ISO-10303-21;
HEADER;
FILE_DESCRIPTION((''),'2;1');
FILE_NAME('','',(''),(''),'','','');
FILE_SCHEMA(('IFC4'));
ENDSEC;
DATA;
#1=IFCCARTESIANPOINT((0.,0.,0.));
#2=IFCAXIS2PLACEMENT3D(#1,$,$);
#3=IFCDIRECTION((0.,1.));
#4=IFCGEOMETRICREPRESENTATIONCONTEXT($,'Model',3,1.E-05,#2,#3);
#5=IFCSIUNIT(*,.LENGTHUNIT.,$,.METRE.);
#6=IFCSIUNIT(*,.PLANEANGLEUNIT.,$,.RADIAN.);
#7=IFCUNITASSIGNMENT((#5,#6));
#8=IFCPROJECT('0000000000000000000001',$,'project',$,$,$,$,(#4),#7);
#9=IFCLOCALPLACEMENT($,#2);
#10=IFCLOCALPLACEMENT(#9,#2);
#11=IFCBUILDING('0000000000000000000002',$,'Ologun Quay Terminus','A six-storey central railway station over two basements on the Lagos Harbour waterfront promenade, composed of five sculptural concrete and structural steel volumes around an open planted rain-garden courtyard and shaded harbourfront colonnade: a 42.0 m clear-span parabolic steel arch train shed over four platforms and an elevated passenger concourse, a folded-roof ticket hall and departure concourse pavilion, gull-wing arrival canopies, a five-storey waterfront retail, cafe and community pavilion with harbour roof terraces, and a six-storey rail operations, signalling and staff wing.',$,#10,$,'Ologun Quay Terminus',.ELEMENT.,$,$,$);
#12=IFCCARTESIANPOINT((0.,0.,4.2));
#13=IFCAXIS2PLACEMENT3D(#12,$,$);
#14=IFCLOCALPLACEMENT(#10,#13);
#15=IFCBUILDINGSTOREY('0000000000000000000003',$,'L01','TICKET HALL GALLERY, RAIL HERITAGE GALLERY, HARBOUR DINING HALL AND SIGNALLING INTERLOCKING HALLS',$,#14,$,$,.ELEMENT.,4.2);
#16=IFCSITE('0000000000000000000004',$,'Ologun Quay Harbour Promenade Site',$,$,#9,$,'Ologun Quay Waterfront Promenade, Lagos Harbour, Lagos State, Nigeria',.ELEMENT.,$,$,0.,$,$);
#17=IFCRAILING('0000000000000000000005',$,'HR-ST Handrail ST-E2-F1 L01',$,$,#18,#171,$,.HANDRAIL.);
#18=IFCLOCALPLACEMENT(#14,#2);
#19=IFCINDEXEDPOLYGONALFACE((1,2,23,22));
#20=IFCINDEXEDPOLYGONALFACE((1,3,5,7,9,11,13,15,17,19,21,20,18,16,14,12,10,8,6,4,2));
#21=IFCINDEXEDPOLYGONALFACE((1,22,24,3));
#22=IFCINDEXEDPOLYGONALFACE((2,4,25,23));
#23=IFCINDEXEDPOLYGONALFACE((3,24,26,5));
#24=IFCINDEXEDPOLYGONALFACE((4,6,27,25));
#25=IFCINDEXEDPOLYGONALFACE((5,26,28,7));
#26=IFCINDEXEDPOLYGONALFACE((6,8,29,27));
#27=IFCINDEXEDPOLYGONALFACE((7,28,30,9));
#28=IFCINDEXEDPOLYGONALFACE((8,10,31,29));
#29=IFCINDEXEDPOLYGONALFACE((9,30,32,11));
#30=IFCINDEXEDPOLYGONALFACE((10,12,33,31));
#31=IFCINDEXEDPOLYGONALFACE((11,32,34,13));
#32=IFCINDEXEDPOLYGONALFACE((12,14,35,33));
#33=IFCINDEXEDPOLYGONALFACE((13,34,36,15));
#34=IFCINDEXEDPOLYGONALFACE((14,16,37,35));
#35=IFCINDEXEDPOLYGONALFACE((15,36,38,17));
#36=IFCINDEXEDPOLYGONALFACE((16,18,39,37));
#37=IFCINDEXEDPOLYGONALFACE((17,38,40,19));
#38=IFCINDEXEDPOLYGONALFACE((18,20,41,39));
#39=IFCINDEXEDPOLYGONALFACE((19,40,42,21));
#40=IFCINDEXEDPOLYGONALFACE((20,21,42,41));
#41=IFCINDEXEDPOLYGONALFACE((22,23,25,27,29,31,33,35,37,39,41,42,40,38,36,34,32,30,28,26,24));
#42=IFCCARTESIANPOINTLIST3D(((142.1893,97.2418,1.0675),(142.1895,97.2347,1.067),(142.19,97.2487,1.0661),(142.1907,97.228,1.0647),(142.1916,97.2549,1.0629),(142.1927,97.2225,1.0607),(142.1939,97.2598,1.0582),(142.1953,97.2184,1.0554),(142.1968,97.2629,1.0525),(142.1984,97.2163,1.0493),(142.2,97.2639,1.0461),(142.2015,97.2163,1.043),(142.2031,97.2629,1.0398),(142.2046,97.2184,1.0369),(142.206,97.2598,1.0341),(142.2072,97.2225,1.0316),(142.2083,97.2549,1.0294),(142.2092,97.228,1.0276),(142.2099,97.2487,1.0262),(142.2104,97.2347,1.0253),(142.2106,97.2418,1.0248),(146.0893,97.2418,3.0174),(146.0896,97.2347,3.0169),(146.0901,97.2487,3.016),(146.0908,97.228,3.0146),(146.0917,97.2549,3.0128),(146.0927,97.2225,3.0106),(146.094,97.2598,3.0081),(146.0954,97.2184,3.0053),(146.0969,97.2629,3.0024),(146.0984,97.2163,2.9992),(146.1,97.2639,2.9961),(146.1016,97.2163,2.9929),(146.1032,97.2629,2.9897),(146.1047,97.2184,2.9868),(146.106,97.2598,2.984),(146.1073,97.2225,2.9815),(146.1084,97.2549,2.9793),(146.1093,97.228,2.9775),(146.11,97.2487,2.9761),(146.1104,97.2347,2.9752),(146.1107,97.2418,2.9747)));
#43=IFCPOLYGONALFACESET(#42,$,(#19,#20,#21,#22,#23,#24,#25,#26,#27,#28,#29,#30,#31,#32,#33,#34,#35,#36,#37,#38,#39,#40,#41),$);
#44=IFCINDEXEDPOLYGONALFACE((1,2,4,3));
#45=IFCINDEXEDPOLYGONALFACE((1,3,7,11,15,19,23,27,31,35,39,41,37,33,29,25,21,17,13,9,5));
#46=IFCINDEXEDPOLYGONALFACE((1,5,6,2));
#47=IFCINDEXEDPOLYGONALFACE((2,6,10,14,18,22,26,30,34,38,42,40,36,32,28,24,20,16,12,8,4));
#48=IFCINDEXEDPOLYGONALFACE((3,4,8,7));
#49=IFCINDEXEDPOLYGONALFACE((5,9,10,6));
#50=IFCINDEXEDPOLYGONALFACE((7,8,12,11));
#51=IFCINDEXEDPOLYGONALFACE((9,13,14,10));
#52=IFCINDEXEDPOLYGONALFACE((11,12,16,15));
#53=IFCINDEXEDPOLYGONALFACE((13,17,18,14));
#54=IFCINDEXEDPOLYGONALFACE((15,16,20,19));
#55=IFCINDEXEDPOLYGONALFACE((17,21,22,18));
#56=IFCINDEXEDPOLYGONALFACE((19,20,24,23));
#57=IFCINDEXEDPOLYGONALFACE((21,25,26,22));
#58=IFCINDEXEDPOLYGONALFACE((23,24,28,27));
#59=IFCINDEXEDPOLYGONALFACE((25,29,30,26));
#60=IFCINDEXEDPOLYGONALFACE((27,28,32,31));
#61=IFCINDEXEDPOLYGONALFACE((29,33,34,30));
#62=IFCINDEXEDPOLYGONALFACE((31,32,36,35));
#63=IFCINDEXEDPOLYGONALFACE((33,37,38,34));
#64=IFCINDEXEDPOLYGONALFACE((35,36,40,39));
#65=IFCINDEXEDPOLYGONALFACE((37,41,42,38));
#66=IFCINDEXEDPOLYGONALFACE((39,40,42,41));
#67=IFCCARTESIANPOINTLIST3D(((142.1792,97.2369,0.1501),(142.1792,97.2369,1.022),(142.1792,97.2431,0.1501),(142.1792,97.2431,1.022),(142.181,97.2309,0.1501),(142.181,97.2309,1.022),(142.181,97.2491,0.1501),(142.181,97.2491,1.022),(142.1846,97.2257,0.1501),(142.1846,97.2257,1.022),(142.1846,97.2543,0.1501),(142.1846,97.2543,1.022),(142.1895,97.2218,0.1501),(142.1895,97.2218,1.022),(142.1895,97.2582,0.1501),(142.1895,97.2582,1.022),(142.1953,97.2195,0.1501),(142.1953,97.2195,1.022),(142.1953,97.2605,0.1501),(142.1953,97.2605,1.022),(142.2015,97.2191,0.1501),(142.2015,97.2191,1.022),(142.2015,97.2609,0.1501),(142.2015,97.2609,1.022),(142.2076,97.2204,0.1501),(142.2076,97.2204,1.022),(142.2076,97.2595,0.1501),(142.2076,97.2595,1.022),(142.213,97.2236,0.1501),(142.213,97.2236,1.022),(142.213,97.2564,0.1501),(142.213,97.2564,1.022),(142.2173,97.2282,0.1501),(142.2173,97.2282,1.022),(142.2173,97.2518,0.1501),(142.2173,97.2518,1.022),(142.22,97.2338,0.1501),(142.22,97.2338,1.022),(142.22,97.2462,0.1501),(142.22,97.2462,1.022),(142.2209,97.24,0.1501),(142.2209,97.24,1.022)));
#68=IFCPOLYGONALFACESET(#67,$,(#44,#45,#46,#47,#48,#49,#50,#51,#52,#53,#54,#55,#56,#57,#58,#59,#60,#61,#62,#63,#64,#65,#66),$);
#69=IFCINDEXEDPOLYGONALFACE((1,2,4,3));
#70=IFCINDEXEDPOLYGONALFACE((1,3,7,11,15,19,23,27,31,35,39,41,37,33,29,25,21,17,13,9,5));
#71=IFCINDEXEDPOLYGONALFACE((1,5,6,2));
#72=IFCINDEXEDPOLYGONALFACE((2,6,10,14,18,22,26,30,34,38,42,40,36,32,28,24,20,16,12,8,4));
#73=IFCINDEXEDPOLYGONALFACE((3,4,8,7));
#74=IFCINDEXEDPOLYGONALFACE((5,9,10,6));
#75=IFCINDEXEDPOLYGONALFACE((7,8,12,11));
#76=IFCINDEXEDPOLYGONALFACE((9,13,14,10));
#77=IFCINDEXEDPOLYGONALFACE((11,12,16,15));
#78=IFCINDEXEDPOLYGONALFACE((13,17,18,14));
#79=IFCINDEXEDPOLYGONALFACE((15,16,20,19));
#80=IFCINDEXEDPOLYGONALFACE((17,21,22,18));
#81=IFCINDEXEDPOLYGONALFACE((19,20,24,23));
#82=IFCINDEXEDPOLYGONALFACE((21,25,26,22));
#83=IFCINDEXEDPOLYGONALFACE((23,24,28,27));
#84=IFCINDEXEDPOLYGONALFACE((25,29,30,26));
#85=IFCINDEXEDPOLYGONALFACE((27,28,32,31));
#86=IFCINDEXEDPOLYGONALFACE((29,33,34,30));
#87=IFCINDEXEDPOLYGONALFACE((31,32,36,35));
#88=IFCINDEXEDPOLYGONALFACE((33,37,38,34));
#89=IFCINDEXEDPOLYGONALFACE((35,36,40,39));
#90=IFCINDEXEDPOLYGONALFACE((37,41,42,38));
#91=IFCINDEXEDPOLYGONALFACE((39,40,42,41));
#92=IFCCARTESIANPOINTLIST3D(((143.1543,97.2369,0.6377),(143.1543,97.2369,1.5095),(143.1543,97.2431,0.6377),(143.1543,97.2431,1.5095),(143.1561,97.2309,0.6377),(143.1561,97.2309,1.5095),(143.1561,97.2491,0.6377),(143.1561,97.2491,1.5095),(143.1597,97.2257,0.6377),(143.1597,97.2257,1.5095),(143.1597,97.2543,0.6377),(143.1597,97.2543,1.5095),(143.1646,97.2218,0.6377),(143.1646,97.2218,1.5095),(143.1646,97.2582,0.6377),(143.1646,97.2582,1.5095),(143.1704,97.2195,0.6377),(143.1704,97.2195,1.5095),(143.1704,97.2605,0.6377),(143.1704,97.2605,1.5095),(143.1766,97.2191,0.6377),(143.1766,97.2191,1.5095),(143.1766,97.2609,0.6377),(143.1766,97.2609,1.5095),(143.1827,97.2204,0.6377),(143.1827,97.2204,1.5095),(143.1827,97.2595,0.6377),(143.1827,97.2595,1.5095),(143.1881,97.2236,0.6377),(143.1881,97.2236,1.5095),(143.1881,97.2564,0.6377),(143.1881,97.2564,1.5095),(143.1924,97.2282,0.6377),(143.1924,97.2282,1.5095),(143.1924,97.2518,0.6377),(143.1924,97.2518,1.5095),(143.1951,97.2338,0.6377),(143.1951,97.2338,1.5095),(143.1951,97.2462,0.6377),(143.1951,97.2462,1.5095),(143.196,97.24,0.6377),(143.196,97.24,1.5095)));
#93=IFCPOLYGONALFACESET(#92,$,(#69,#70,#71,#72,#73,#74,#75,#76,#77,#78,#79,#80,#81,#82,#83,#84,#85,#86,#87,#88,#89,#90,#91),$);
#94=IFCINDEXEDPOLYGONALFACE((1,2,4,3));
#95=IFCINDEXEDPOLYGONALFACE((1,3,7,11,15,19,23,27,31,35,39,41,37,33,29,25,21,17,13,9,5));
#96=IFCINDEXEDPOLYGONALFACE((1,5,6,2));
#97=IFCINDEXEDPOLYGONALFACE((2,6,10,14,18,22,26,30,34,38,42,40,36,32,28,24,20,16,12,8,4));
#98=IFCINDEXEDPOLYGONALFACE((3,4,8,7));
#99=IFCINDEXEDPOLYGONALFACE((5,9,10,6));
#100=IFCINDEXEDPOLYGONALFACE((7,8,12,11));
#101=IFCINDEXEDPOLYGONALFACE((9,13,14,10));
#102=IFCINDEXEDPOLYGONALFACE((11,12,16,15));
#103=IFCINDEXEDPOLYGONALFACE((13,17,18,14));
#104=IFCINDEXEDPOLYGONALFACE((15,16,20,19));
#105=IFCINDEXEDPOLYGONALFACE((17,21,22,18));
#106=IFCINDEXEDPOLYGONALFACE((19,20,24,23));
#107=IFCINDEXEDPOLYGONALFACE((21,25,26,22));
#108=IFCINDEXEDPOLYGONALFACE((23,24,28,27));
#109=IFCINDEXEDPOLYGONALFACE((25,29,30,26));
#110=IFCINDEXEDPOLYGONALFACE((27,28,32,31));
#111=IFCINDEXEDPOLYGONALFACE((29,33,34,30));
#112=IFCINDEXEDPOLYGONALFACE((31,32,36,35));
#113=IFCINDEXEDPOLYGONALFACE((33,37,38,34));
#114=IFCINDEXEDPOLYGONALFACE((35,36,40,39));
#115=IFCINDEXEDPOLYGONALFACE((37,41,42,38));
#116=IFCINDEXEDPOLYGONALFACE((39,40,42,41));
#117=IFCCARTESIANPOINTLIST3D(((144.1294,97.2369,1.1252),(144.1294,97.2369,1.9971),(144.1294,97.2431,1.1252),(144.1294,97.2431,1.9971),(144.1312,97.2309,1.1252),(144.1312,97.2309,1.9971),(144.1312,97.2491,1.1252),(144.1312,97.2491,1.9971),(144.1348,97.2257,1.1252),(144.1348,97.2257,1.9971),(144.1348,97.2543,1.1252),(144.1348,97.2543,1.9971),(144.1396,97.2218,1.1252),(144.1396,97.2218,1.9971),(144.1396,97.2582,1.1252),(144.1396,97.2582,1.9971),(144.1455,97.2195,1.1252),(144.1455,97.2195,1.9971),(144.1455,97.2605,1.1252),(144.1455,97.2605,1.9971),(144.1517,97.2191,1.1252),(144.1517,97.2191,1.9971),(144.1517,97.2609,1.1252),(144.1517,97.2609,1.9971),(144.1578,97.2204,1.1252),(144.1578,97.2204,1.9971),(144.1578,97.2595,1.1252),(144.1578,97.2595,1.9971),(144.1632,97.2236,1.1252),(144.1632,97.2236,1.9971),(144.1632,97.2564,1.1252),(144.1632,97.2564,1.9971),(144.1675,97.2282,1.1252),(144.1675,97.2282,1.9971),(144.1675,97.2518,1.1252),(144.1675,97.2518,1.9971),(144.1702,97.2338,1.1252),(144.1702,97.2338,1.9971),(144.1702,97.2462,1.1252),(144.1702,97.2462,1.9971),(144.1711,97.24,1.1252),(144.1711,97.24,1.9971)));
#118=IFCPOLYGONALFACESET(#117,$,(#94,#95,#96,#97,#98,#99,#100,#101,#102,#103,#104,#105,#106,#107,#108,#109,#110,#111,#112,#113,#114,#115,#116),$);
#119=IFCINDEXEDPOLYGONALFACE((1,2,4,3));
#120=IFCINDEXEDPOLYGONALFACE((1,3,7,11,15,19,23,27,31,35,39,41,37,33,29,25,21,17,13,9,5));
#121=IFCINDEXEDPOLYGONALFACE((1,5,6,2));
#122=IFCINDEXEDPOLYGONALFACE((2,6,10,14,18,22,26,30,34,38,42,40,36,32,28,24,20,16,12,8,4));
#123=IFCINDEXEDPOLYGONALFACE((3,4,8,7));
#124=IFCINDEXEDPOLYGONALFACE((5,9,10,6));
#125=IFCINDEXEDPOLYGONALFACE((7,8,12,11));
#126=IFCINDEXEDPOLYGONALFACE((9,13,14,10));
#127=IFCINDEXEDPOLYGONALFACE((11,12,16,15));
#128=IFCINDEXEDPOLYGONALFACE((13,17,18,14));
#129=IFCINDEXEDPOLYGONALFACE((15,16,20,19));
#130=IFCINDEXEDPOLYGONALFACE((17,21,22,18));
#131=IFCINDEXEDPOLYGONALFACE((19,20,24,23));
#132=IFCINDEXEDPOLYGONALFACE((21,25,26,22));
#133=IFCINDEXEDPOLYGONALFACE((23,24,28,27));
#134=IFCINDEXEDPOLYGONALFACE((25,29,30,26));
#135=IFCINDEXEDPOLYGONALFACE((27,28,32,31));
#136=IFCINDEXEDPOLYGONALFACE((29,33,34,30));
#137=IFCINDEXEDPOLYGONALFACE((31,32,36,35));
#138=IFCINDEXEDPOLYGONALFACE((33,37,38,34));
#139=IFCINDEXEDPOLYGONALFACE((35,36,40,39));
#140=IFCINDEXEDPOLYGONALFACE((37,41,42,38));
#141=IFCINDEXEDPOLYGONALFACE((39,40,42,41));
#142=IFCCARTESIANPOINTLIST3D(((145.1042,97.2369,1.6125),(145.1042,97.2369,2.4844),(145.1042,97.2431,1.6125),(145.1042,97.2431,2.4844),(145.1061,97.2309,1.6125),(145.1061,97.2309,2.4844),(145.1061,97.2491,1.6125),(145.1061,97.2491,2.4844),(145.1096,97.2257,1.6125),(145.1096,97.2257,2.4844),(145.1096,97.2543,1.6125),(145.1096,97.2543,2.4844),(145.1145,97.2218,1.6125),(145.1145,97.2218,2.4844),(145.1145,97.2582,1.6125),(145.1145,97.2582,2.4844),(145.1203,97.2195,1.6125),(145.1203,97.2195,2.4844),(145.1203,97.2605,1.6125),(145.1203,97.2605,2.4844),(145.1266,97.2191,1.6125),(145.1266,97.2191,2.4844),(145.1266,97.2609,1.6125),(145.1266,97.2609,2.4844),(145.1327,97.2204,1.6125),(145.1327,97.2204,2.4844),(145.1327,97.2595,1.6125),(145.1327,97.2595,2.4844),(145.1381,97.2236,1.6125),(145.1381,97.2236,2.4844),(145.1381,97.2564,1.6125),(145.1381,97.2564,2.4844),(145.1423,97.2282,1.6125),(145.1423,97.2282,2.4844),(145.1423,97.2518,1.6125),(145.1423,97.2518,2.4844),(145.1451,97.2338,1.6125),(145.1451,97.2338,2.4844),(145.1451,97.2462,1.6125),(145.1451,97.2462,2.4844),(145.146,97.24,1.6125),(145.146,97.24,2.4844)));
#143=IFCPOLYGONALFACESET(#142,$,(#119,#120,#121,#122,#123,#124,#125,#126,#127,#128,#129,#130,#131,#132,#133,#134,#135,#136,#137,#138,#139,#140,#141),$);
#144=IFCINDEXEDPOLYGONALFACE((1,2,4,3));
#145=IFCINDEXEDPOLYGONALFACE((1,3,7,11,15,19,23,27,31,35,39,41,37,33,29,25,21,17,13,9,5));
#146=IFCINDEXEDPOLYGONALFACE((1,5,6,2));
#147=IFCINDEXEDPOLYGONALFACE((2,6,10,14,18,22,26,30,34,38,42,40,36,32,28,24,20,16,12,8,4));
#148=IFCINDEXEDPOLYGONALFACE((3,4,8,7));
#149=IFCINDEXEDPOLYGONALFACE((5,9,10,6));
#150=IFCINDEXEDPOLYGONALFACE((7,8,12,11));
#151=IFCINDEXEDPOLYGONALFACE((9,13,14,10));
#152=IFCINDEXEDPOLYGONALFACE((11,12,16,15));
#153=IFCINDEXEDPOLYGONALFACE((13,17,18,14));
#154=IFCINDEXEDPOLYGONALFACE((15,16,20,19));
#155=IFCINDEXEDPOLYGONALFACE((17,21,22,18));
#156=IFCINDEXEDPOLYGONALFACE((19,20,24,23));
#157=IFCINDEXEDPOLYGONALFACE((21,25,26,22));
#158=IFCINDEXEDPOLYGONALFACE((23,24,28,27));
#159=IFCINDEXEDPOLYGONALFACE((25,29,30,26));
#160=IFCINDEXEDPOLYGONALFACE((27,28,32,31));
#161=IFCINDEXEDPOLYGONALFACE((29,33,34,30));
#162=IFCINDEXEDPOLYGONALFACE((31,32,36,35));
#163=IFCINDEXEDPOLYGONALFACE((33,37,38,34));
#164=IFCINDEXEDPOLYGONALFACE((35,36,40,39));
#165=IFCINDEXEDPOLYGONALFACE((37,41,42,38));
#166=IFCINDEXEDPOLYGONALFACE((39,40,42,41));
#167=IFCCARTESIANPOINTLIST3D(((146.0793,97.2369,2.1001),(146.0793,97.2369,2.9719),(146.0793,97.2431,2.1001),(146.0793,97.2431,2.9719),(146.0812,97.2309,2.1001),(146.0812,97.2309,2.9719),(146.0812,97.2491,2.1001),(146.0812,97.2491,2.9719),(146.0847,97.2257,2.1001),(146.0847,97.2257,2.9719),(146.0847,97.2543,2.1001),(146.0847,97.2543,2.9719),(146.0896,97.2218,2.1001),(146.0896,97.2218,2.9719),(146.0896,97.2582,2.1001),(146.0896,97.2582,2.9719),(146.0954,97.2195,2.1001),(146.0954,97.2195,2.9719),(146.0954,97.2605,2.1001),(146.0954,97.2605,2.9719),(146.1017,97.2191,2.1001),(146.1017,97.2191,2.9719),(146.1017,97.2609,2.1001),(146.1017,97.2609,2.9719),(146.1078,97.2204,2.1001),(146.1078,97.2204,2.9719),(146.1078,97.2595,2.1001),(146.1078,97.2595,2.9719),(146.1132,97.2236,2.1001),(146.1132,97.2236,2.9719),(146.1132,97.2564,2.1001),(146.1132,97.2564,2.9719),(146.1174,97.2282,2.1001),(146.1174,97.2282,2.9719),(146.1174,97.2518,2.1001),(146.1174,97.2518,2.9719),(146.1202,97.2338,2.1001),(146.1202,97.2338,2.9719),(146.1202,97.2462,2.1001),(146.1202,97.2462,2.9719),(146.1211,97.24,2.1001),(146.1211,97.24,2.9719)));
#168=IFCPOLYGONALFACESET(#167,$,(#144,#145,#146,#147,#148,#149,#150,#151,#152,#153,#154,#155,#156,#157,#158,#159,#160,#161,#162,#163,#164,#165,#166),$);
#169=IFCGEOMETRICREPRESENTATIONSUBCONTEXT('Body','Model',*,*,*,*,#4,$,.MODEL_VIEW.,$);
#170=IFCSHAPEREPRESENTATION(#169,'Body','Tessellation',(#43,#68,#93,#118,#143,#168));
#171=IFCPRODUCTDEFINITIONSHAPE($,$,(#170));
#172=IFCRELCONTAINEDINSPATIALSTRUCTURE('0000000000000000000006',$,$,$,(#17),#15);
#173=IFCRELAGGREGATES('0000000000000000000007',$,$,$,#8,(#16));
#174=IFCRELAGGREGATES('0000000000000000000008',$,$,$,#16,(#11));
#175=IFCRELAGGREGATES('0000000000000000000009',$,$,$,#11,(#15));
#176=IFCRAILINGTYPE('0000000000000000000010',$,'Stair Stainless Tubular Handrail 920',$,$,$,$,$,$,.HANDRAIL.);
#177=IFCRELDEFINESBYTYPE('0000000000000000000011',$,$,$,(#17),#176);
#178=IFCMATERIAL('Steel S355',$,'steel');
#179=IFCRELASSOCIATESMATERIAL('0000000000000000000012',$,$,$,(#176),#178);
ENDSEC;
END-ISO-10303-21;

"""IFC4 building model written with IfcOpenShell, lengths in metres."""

from ifc_helpers import new_model, si_unit, direction, frame, origin, origin_2d, place, context, subcontext, project, spatial, circle, extrude, material, type_object, element, save


model = new_model("IFC4")

# Units and contexts
model_context = context("Model", 3, precision=1e-05, world=origin(), true_north=direction((0.0, 1.0)))
body_context = subcontext(model_context, "Body", "Model", "MODEL_VIEW")
ifc_project = project(units=[si_unit("LENGTHUNIT", "METRE"), si_unit("PLANEANGLEUNIT", "RADIAN")], contexts=[model_context])

# Site, building, storey
site_placement = place(None, origin())
site = spatial("IfcSite", under=ifc_project, at=site_placement, Name="Ologun Quay Harbour Promenade Site", LongName="Ologun Quay Waterfront Promenade, Lagos Harbour, Lagos State, Nigeria", CompositionType="ELEMENT", RefElevation=0.0)
building_placement = place(site_placement, origin())
building = spatial("IfcBuilding", under=site, at=building_placement, Name="Ologun Quay Terminus", Description="A six-storey central railway station over two basements on the Lagos Harbour waterfront promenade, composed of five sculptural concrete and structural steel volumes around an open planted rain-garden courtyard and shaded harbourfront colonnade: a 42.0 m clear-span parabolic steel arch train shed over four platforms and an elevated passenger concourse, a folded-roof ticket hall and departure concourse pavilion, gull-wing arrival canopies, a five-storey waterfront retail, cafe and community pavilion with harbour roof terraces, and a six-storey rail operations, signalling and staff wing.", LongName="Ologun Quay Terminus", CompositionType="ELEMENT")
storey_placement = place(building_placement, frame((0.0, 0.0, 4.2)))
storey = spatial("IfcBuildingStorey", under=building, at=storey_placement, Name="L01", Description="TICKET HALL GALLERY, RAIL HERITAGE GALLERY, HARBOUR DINING HALL AND SIGNALLING INTERLOCKING HALLS", CompositionType="ELEMENT", Elevation=4.2)

# Railing
ifc_material_1 = material(Name="Steel S355", Category="steel")
railing_type_1 = type_object("IfcRailingType", Name="Stair Stainless Tubular Handrail 920", PredefinedType="HANDRAIL", material=ifc_material_1)
railing_1_placement = place(storey_placement, frame((142.2, 97.24, 0.1501)))
element("IfcRailing", 1, at=railing_1_placement, inside=storey, type_object=railing_type_1, Name="HR-ST Handrail ST-E2-F1 L01", PredefinedType="HANDRAIL", context=body_context, shape_type="SweptSolid", body=[
    extrude(circle(Radius=0.0239, at=origin_2d()), frame((0.0, 0.0, 0.896), z_axis=(0.894438, 0.0, 0.447191), x_axis=(0.0, 1.0, 0.0)), (0.0, 0.0, 1.0), 4.3604),
    extrude(circle(Radius=0.021, at=origin_2d()), origin(), (0.0, 0.0, 1.0), 0.8718),
    extrude(circle(Radius=0.021, at=origin_2d()), frame((0.9751, 0.0, 0.4875)), (0.0, 0.0, 1.0), 0.8718),
    extrude(circle(Radius=0.021, at=origin_2d()), frame((1.9502, 0.0, 0.9751)), (0.0, 0.0, 1.0), 0.8718),
    extrude(circle(Radius=0.021, at=origin_2d()), frame((2.925, 0.0, 1.4624)), (0.0, 0.0, 1.0), 0.8718),
    extrude(circle(Radius=0.021, at=origin_2d()), frame((3.9001, 0.0, 1.95)), (0.0, 0.0, 1.0), 0.8718),
])

save(model, "model.ifc")
